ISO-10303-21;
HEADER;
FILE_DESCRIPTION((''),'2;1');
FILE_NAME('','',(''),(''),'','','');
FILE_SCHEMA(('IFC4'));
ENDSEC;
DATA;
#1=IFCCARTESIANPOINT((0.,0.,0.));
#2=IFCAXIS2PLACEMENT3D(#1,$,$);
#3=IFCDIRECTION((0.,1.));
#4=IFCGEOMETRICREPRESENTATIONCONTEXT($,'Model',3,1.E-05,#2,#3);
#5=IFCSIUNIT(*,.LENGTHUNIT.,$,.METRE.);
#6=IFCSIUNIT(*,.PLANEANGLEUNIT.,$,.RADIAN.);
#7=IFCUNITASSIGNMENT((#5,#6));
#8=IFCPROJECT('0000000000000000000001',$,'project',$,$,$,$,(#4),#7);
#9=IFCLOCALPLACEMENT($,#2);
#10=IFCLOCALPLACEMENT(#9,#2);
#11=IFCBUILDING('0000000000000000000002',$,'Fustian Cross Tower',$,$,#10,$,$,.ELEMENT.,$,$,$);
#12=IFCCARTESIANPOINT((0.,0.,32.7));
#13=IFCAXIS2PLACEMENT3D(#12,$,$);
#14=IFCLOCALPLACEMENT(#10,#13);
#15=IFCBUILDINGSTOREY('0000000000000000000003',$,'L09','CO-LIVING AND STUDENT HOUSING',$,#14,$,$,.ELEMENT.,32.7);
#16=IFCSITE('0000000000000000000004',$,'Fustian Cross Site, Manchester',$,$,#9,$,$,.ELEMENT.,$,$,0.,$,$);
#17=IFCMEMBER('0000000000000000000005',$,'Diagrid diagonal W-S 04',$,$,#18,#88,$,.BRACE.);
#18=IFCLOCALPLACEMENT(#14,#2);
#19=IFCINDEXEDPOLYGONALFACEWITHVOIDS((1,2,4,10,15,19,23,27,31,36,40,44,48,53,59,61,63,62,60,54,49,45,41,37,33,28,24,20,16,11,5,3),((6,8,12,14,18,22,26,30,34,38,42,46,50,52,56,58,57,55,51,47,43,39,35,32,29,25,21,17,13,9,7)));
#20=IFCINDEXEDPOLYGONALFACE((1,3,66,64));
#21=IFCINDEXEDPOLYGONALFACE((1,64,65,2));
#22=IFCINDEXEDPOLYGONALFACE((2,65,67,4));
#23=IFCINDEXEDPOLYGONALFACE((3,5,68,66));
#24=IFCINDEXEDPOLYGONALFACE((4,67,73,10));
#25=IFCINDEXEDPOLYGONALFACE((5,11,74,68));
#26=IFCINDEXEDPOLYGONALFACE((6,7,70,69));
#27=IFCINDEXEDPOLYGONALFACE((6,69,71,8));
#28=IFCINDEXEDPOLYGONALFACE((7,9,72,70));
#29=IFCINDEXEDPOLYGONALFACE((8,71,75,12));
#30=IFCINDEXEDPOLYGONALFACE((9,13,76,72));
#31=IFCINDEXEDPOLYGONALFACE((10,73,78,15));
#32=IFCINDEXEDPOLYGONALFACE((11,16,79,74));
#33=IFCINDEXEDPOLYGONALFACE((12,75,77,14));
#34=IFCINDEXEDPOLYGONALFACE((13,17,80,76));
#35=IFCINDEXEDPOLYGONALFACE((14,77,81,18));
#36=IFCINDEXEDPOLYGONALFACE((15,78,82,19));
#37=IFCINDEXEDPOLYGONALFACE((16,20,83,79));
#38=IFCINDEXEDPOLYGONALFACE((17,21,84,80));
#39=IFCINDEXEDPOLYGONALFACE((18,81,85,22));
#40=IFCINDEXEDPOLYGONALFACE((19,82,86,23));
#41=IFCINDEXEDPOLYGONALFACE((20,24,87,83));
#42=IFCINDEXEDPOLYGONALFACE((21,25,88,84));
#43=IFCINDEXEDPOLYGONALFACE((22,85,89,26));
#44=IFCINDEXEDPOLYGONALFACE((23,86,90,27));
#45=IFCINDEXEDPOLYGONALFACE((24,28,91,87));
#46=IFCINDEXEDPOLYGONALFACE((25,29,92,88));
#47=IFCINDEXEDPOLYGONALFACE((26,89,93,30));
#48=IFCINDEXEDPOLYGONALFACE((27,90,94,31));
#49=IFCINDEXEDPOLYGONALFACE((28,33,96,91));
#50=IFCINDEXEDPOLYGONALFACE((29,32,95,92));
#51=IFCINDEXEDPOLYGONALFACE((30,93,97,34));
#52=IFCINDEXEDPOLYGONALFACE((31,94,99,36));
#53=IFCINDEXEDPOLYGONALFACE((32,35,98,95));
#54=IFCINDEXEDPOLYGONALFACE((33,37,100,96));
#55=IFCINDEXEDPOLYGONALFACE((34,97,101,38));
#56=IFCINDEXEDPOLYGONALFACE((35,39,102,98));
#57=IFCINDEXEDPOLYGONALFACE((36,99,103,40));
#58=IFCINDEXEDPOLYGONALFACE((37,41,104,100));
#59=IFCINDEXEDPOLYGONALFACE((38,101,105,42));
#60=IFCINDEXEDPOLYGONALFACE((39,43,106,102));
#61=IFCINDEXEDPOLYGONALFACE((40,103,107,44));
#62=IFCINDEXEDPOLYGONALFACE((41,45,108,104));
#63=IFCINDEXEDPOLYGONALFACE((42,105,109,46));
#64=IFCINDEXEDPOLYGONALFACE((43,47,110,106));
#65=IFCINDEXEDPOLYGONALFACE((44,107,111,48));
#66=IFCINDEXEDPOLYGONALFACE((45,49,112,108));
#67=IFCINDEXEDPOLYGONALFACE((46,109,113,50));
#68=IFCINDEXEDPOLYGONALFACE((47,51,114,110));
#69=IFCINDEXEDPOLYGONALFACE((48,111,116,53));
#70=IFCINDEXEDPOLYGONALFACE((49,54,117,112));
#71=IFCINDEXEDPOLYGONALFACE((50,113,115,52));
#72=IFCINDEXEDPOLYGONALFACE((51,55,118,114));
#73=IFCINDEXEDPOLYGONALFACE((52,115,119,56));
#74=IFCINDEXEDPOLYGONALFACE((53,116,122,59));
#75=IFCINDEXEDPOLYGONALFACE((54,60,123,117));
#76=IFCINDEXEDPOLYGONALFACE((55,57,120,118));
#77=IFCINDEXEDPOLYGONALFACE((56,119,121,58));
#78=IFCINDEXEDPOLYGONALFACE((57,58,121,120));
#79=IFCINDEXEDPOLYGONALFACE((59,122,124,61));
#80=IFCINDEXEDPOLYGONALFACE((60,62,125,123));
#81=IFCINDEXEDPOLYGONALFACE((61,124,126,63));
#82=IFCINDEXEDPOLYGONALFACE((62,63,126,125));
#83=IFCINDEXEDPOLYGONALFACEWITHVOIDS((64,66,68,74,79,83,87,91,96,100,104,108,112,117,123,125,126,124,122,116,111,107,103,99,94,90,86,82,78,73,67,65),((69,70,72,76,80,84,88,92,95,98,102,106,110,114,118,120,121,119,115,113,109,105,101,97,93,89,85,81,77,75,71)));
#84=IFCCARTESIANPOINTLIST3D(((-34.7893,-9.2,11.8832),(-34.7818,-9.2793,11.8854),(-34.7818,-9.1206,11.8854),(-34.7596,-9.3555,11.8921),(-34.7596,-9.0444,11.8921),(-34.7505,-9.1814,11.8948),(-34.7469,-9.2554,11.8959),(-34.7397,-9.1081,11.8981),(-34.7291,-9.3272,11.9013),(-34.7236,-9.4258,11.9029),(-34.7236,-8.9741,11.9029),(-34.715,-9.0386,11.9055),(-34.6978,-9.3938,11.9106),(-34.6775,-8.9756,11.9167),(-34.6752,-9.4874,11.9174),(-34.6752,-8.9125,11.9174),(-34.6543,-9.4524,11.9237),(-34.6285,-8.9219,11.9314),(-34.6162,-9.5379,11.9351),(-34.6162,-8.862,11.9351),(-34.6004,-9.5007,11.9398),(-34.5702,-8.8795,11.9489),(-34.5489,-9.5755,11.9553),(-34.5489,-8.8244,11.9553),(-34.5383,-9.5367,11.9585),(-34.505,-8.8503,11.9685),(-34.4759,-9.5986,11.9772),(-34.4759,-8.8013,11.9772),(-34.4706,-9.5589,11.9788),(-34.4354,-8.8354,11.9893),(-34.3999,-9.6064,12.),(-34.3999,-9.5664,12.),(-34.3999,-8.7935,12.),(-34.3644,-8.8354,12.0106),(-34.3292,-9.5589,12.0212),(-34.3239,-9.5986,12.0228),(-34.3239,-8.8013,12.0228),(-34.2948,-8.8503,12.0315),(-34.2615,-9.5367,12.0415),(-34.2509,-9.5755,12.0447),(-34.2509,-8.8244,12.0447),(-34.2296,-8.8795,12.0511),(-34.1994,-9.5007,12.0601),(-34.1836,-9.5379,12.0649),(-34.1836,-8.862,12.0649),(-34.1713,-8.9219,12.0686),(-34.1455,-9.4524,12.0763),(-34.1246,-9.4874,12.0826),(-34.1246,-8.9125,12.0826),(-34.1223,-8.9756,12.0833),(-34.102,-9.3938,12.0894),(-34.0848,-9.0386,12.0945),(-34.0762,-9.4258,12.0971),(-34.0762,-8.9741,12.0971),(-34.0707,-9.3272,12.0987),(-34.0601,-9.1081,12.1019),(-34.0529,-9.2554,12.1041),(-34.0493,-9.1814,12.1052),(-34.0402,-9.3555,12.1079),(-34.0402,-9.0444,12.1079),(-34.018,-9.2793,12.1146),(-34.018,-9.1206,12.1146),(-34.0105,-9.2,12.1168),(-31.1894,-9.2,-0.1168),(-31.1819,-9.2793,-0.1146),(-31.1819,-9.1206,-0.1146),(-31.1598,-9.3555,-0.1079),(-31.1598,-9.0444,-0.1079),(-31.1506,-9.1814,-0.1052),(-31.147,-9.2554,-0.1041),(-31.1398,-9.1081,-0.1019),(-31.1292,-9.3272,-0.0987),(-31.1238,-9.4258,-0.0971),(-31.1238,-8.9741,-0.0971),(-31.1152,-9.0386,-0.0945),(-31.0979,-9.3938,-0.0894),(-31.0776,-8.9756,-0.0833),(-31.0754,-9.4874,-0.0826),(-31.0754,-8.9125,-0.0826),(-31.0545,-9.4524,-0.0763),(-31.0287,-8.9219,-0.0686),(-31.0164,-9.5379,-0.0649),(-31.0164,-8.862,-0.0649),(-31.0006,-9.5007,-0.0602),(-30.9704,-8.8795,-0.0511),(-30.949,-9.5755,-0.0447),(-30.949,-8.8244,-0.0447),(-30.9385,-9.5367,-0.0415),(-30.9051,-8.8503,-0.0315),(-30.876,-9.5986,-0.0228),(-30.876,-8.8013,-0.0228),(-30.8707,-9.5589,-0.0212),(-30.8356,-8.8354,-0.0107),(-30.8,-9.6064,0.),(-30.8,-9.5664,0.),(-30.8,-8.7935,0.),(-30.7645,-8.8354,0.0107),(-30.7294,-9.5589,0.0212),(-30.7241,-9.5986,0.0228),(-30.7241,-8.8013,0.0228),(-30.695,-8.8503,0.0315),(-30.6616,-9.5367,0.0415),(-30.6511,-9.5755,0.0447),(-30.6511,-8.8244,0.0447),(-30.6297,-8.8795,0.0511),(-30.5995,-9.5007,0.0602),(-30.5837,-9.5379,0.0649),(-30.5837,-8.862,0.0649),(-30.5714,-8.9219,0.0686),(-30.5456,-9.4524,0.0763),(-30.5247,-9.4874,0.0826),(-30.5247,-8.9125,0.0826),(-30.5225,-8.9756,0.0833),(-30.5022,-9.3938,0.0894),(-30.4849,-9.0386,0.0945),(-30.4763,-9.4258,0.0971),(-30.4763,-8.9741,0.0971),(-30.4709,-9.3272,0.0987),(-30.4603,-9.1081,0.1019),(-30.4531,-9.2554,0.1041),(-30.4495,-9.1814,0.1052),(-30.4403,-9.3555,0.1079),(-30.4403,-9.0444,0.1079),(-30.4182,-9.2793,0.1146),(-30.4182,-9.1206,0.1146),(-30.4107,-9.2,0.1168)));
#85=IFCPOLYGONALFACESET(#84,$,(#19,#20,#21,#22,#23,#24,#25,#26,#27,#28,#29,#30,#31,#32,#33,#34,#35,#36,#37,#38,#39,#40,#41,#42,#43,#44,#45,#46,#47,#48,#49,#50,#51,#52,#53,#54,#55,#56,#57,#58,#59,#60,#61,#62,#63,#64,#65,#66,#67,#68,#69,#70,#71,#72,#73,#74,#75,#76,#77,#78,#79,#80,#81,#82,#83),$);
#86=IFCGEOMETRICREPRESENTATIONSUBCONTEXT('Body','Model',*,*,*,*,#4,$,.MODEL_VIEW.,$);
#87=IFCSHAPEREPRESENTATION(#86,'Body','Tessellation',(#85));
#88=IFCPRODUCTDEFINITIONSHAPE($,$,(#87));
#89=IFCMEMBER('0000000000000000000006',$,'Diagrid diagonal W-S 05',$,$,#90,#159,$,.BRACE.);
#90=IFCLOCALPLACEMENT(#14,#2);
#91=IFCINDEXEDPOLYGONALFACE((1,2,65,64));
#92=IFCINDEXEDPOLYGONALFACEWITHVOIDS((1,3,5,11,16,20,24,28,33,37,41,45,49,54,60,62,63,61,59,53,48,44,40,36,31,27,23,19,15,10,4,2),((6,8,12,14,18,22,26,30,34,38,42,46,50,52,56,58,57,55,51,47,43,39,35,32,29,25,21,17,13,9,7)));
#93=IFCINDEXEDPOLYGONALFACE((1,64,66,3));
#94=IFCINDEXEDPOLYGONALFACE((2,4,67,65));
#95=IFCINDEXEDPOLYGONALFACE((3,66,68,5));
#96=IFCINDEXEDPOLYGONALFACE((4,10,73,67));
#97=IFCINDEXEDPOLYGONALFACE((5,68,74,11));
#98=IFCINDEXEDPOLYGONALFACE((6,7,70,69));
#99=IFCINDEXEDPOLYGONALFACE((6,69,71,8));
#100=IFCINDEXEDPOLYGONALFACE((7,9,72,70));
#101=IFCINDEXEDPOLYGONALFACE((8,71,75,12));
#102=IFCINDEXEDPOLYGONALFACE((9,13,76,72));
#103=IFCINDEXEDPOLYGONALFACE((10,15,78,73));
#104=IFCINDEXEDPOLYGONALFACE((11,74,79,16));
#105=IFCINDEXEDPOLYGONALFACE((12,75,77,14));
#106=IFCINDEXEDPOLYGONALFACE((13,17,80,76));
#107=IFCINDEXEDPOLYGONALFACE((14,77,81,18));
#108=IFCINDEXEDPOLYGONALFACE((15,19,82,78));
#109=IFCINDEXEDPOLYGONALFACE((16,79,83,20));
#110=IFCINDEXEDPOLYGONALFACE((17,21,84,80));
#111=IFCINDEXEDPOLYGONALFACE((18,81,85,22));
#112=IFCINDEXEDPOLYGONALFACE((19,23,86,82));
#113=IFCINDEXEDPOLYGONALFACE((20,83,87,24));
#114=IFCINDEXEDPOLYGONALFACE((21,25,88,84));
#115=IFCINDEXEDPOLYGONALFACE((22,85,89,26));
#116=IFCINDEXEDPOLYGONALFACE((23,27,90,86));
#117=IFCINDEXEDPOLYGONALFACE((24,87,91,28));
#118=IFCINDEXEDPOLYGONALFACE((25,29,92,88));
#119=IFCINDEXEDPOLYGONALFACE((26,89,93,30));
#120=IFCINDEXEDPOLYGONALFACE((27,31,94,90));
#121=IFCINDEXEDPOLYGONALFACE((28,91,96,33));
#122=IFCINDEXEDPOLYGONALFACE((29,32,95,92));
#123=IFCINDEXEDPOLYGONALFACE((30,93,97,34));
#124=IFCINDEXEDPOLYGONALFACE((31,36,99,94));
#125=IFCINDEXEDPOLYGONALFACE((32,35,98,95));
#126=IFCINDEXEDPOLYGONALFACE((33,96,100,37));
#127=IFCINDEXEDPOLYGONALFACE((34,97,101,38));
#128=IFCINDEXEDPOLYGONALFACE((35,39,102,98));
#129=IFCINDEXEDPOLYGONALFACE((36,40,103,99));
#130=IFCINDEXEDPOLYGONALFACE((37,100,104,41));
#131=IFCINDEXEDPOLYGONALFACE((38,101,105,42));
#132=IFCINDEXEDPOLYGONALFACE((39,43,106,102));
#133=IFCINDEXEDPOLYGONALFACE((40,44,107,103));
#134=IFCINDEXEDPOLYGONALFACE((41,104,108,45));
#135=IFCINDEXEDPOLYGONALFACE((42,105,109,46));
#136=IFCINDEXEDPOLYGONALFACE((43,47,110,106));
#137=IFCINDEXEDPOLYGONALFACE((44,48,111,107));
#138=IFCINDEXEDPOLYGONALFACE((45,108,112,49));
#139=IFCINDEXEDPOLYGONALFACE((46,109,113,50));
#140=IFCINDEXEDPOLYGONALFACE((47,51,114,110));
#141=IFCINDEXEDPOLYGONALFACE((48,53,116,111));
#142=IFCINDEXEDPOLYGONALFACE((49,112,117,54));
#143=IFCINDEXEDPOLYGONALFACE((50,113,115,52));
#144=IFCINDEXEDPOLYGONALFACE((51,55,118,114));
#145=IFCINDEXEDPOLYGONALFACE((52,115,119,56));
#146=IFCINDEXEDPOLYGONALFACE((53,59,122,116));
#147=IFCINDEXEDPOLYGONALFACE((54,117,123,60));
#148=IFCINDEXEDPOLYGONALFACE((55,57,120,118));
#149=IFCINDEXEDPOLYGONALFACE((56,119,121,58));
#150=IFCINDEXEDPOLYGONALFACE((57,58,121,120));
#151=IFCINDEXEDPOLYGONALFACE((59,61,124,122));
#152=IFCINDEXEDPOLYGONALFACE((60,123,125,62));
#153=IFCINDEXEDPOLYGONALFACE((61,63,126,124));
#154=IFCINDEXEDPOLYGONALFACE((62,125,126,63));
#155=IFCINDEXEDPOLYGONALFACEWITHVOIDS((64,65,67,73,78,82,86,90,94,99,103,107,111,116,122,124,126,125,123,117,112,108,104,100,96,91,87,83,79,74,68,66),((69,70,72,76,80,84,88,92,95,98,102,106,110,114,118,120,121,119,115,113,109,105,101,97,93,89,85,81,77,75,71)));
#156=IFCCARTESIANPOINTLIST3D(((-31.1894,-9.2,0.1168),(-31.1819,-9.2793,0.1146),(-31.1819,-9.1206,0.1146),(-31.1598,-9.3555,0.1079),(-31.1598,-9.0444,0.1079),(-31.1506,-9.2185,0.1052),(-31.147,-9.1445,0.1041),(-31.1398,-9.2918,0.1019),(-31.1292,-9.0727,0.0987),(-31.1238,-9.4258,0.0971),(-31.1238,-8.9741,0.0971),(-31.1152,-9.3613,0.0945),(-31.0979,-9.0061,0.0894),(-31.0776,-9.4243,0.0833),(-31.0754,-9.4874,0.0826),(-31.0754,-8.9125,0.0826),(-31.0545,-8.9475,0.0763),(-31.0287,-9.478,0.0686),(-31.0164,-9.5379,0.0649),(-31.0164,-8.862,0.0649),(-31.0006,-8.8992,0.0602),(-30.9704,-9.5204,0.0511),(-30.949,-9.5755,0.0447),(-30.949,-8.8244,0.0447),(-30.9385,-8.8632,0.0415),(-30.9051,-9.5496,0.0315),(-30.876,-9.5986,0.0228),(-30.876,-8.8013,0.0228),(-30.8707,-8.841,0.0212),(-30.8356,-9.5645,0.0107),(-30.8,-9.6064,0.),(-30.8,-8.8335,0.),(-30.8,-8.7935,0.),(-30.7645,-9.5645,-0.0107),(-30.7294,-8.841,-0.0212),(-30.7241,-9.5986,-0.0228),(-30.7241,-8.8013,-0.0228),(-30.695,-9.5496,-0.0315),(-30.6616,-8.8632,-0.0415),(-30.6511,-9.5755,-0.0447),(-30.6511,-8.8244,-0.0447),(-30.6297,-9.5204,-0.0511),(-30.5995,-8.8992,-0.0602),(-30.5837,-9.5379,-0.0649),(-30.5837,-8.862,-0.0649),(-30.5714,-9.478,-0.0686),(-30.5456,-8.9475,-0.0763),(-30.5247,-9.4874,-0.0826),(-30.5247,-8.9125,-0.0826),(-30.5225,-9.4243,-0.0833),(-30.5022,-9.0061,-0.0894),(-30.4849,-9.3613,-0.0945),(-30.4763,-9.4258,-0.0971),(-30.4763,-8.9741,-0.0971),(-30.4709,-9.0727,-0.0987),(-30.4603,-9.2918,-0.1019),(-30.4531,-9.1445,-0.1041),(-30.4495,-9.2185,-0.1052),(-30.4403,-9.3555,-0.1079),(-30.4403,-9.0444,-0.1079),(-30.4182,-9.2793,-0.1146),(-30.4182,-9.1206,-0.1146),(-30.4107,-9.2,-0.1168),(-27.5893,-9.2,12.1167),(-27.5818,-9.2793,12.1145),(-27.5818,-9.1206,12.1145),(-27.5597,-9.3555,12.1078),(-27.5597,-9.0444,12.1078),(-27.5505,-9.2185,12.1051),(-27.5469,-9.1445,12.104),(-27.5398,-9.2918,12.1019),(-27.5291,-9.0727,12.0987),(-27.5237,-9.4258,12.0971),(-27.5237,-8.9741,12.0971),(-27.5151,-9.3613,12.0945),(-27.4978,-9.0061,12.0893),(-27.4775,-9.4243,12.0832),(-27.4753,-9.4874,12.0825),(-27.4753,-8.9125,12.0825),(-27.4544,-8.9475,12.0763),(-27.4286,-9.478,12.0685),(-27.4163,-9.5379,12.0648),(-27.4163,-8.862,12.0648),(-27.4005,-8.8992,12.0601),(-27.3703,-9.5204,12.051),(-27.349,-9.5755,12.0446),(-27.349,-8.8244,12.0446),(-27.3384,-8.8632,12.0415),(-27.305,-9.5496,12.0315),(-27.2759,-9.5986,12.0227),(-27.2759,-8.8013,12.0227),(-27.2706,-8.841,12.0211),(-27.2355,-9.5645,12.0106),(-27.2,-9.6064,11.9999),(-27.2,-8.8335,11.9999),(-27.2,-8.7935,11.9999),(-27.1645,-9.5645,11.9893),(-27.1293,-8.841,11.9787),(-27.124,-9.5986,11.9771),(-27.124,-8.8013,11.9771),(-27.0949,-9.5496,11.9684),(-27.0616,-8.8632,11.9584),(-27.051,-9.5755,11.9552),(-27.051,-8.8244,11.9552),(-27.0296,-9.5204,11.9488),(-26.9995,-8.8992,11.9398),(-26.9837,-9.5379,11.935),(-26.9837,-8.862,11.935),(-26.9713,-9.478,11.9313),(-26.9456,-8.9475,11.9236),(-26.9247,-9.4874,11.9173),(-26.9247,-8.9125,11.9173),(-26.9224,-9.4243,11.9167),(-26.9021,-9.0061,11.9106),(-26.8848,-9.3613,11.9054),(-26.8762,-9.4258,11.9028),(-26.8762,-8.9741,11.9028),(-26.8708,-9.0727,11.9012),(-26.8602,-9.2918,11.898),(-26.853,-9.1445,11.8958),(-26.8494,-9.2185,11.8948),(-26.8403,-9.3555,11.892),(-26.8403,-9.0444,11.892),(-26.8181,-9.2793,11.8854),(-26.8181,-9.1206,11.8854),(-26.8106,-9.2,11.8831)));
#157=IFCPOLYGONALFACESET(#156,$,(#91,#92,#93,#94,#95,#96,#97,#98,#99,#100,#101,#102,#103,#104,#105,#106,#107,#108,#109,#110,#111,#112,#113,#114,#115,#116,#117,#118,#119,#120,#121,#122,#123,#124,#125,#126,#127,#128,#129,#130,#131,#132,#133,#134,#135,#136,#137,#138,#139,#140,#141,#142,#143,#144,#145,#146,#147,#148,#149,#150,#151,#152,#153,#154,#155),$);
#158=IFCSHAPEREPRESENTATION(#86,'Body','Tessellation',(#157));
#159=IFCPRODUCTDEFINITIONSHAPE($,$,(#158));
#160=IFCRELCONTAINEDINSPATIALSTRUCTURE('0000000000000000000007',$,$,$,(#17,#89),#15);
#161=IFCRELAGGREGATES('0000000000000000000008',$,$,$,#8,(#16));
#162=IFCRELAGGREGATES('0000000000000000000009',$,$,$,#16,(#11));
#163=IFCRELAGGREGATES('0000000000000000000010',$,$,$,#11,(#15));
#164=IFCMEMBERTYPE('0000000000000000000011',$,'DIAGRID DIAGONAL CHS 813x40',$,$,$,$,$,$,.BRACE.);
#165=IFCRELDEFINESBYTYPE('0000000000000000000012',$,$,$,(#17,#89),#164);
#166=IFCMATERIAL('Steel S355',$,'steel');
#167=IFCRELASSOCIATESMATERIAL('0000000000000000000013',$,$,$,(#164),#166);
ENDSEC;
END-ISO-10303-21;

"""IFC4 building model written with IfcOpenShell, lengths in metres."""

from ifc_helpers import new_model, si_unit, direction, frame, origin, origin_2d, place, context, subcontext, project, spatial, hollow_circle, extrude, material, material_profile, profile_set, type_object, element, save


model = new_model("IFC4")

# Units and contexts
model_context = context("Model", 3, precision=1e-05, world=origin(), true_north=direction((0.0, 1.0)))
body_context = subcontext(model_context, "Body", "Model", "MODEL_VIEW")
ifc_project = project(units=[si_unit("LENGTHUNIT", "METRE"), si_unit("PLANEANGLEUNIT", "RADIAN")], contexts=[model_context])

# Site, building, storey
site_placement = place(None, origin())
site = spatial("IfcSite", under=ifc_project, at=site_placement, Name="Fustian Cross Site, Manchester", CompositionType="ELEMENT", RefElevation=0.0)
building_placement = place(site_placement, origin())
building = spatial("IfcBuilding", under=site, at=building_placement, Name="Fustian Cross Tower", CompositionType="ELEMENT")
storey_placement = place(building_placement, frame((0.0, 0.0, 32.7)))
storey = spatial("IfcBuildingStorey", under=building, at=storey_placement, Name="L09", Description="CO-LIVING AND STUDENT HOUSING", CompositionType="ELEMENT", Elevation=32.7)

# Members
ifc_material_1 = material(Name="Steel S355", Category="steel")
ifc_material_profile_1 = material_profile(ifc_material_1, hollow_circle(Radius=0.4065, WallThickness=0.04, at=origin_2d()), Name="CHS 813x40")
ifc_profile_set_1 = profile_set([ifc_material_profile_1], Name="Steel S355")
member_type_1 = type_object("IfcMemberType", Name="DIAGRID DIAGONAL CHS 813x40", PredefinedType="BRACE", material=ifc_profile_set_1)
for number, where, z_axis, x_axis, name in (
    (1, (-30.8, -9.2, 0.0), (-0.287337, 0.0, 0.95783), (0.0, -1.0, 0.0), "Diagrid diagonal W-S 04"),
    (2, (-30.8, -9.2, 0.0), (0.287355, 0.0, 0.957824), (0.0, 1.0, 0.0), "Diagrid diagonal W-S 05"),
):
    element("IfcMember", number, at=place(storey_placement, frame(where, z_axis=z_axis, x_axis=x_axis)), inside=storey, type_object=member_type_1, Name=name, PredefinedType="BRACE", context=body_context, shape_type="SweptSolid", body=[
        extrude(hollow_circle(Radius=0.4065, WallThickness=0.04, at=origin_2d()), origin(), (0.0, 0.0, 1.0), 12.5283),
    ])

save(model, "model.ifc")
